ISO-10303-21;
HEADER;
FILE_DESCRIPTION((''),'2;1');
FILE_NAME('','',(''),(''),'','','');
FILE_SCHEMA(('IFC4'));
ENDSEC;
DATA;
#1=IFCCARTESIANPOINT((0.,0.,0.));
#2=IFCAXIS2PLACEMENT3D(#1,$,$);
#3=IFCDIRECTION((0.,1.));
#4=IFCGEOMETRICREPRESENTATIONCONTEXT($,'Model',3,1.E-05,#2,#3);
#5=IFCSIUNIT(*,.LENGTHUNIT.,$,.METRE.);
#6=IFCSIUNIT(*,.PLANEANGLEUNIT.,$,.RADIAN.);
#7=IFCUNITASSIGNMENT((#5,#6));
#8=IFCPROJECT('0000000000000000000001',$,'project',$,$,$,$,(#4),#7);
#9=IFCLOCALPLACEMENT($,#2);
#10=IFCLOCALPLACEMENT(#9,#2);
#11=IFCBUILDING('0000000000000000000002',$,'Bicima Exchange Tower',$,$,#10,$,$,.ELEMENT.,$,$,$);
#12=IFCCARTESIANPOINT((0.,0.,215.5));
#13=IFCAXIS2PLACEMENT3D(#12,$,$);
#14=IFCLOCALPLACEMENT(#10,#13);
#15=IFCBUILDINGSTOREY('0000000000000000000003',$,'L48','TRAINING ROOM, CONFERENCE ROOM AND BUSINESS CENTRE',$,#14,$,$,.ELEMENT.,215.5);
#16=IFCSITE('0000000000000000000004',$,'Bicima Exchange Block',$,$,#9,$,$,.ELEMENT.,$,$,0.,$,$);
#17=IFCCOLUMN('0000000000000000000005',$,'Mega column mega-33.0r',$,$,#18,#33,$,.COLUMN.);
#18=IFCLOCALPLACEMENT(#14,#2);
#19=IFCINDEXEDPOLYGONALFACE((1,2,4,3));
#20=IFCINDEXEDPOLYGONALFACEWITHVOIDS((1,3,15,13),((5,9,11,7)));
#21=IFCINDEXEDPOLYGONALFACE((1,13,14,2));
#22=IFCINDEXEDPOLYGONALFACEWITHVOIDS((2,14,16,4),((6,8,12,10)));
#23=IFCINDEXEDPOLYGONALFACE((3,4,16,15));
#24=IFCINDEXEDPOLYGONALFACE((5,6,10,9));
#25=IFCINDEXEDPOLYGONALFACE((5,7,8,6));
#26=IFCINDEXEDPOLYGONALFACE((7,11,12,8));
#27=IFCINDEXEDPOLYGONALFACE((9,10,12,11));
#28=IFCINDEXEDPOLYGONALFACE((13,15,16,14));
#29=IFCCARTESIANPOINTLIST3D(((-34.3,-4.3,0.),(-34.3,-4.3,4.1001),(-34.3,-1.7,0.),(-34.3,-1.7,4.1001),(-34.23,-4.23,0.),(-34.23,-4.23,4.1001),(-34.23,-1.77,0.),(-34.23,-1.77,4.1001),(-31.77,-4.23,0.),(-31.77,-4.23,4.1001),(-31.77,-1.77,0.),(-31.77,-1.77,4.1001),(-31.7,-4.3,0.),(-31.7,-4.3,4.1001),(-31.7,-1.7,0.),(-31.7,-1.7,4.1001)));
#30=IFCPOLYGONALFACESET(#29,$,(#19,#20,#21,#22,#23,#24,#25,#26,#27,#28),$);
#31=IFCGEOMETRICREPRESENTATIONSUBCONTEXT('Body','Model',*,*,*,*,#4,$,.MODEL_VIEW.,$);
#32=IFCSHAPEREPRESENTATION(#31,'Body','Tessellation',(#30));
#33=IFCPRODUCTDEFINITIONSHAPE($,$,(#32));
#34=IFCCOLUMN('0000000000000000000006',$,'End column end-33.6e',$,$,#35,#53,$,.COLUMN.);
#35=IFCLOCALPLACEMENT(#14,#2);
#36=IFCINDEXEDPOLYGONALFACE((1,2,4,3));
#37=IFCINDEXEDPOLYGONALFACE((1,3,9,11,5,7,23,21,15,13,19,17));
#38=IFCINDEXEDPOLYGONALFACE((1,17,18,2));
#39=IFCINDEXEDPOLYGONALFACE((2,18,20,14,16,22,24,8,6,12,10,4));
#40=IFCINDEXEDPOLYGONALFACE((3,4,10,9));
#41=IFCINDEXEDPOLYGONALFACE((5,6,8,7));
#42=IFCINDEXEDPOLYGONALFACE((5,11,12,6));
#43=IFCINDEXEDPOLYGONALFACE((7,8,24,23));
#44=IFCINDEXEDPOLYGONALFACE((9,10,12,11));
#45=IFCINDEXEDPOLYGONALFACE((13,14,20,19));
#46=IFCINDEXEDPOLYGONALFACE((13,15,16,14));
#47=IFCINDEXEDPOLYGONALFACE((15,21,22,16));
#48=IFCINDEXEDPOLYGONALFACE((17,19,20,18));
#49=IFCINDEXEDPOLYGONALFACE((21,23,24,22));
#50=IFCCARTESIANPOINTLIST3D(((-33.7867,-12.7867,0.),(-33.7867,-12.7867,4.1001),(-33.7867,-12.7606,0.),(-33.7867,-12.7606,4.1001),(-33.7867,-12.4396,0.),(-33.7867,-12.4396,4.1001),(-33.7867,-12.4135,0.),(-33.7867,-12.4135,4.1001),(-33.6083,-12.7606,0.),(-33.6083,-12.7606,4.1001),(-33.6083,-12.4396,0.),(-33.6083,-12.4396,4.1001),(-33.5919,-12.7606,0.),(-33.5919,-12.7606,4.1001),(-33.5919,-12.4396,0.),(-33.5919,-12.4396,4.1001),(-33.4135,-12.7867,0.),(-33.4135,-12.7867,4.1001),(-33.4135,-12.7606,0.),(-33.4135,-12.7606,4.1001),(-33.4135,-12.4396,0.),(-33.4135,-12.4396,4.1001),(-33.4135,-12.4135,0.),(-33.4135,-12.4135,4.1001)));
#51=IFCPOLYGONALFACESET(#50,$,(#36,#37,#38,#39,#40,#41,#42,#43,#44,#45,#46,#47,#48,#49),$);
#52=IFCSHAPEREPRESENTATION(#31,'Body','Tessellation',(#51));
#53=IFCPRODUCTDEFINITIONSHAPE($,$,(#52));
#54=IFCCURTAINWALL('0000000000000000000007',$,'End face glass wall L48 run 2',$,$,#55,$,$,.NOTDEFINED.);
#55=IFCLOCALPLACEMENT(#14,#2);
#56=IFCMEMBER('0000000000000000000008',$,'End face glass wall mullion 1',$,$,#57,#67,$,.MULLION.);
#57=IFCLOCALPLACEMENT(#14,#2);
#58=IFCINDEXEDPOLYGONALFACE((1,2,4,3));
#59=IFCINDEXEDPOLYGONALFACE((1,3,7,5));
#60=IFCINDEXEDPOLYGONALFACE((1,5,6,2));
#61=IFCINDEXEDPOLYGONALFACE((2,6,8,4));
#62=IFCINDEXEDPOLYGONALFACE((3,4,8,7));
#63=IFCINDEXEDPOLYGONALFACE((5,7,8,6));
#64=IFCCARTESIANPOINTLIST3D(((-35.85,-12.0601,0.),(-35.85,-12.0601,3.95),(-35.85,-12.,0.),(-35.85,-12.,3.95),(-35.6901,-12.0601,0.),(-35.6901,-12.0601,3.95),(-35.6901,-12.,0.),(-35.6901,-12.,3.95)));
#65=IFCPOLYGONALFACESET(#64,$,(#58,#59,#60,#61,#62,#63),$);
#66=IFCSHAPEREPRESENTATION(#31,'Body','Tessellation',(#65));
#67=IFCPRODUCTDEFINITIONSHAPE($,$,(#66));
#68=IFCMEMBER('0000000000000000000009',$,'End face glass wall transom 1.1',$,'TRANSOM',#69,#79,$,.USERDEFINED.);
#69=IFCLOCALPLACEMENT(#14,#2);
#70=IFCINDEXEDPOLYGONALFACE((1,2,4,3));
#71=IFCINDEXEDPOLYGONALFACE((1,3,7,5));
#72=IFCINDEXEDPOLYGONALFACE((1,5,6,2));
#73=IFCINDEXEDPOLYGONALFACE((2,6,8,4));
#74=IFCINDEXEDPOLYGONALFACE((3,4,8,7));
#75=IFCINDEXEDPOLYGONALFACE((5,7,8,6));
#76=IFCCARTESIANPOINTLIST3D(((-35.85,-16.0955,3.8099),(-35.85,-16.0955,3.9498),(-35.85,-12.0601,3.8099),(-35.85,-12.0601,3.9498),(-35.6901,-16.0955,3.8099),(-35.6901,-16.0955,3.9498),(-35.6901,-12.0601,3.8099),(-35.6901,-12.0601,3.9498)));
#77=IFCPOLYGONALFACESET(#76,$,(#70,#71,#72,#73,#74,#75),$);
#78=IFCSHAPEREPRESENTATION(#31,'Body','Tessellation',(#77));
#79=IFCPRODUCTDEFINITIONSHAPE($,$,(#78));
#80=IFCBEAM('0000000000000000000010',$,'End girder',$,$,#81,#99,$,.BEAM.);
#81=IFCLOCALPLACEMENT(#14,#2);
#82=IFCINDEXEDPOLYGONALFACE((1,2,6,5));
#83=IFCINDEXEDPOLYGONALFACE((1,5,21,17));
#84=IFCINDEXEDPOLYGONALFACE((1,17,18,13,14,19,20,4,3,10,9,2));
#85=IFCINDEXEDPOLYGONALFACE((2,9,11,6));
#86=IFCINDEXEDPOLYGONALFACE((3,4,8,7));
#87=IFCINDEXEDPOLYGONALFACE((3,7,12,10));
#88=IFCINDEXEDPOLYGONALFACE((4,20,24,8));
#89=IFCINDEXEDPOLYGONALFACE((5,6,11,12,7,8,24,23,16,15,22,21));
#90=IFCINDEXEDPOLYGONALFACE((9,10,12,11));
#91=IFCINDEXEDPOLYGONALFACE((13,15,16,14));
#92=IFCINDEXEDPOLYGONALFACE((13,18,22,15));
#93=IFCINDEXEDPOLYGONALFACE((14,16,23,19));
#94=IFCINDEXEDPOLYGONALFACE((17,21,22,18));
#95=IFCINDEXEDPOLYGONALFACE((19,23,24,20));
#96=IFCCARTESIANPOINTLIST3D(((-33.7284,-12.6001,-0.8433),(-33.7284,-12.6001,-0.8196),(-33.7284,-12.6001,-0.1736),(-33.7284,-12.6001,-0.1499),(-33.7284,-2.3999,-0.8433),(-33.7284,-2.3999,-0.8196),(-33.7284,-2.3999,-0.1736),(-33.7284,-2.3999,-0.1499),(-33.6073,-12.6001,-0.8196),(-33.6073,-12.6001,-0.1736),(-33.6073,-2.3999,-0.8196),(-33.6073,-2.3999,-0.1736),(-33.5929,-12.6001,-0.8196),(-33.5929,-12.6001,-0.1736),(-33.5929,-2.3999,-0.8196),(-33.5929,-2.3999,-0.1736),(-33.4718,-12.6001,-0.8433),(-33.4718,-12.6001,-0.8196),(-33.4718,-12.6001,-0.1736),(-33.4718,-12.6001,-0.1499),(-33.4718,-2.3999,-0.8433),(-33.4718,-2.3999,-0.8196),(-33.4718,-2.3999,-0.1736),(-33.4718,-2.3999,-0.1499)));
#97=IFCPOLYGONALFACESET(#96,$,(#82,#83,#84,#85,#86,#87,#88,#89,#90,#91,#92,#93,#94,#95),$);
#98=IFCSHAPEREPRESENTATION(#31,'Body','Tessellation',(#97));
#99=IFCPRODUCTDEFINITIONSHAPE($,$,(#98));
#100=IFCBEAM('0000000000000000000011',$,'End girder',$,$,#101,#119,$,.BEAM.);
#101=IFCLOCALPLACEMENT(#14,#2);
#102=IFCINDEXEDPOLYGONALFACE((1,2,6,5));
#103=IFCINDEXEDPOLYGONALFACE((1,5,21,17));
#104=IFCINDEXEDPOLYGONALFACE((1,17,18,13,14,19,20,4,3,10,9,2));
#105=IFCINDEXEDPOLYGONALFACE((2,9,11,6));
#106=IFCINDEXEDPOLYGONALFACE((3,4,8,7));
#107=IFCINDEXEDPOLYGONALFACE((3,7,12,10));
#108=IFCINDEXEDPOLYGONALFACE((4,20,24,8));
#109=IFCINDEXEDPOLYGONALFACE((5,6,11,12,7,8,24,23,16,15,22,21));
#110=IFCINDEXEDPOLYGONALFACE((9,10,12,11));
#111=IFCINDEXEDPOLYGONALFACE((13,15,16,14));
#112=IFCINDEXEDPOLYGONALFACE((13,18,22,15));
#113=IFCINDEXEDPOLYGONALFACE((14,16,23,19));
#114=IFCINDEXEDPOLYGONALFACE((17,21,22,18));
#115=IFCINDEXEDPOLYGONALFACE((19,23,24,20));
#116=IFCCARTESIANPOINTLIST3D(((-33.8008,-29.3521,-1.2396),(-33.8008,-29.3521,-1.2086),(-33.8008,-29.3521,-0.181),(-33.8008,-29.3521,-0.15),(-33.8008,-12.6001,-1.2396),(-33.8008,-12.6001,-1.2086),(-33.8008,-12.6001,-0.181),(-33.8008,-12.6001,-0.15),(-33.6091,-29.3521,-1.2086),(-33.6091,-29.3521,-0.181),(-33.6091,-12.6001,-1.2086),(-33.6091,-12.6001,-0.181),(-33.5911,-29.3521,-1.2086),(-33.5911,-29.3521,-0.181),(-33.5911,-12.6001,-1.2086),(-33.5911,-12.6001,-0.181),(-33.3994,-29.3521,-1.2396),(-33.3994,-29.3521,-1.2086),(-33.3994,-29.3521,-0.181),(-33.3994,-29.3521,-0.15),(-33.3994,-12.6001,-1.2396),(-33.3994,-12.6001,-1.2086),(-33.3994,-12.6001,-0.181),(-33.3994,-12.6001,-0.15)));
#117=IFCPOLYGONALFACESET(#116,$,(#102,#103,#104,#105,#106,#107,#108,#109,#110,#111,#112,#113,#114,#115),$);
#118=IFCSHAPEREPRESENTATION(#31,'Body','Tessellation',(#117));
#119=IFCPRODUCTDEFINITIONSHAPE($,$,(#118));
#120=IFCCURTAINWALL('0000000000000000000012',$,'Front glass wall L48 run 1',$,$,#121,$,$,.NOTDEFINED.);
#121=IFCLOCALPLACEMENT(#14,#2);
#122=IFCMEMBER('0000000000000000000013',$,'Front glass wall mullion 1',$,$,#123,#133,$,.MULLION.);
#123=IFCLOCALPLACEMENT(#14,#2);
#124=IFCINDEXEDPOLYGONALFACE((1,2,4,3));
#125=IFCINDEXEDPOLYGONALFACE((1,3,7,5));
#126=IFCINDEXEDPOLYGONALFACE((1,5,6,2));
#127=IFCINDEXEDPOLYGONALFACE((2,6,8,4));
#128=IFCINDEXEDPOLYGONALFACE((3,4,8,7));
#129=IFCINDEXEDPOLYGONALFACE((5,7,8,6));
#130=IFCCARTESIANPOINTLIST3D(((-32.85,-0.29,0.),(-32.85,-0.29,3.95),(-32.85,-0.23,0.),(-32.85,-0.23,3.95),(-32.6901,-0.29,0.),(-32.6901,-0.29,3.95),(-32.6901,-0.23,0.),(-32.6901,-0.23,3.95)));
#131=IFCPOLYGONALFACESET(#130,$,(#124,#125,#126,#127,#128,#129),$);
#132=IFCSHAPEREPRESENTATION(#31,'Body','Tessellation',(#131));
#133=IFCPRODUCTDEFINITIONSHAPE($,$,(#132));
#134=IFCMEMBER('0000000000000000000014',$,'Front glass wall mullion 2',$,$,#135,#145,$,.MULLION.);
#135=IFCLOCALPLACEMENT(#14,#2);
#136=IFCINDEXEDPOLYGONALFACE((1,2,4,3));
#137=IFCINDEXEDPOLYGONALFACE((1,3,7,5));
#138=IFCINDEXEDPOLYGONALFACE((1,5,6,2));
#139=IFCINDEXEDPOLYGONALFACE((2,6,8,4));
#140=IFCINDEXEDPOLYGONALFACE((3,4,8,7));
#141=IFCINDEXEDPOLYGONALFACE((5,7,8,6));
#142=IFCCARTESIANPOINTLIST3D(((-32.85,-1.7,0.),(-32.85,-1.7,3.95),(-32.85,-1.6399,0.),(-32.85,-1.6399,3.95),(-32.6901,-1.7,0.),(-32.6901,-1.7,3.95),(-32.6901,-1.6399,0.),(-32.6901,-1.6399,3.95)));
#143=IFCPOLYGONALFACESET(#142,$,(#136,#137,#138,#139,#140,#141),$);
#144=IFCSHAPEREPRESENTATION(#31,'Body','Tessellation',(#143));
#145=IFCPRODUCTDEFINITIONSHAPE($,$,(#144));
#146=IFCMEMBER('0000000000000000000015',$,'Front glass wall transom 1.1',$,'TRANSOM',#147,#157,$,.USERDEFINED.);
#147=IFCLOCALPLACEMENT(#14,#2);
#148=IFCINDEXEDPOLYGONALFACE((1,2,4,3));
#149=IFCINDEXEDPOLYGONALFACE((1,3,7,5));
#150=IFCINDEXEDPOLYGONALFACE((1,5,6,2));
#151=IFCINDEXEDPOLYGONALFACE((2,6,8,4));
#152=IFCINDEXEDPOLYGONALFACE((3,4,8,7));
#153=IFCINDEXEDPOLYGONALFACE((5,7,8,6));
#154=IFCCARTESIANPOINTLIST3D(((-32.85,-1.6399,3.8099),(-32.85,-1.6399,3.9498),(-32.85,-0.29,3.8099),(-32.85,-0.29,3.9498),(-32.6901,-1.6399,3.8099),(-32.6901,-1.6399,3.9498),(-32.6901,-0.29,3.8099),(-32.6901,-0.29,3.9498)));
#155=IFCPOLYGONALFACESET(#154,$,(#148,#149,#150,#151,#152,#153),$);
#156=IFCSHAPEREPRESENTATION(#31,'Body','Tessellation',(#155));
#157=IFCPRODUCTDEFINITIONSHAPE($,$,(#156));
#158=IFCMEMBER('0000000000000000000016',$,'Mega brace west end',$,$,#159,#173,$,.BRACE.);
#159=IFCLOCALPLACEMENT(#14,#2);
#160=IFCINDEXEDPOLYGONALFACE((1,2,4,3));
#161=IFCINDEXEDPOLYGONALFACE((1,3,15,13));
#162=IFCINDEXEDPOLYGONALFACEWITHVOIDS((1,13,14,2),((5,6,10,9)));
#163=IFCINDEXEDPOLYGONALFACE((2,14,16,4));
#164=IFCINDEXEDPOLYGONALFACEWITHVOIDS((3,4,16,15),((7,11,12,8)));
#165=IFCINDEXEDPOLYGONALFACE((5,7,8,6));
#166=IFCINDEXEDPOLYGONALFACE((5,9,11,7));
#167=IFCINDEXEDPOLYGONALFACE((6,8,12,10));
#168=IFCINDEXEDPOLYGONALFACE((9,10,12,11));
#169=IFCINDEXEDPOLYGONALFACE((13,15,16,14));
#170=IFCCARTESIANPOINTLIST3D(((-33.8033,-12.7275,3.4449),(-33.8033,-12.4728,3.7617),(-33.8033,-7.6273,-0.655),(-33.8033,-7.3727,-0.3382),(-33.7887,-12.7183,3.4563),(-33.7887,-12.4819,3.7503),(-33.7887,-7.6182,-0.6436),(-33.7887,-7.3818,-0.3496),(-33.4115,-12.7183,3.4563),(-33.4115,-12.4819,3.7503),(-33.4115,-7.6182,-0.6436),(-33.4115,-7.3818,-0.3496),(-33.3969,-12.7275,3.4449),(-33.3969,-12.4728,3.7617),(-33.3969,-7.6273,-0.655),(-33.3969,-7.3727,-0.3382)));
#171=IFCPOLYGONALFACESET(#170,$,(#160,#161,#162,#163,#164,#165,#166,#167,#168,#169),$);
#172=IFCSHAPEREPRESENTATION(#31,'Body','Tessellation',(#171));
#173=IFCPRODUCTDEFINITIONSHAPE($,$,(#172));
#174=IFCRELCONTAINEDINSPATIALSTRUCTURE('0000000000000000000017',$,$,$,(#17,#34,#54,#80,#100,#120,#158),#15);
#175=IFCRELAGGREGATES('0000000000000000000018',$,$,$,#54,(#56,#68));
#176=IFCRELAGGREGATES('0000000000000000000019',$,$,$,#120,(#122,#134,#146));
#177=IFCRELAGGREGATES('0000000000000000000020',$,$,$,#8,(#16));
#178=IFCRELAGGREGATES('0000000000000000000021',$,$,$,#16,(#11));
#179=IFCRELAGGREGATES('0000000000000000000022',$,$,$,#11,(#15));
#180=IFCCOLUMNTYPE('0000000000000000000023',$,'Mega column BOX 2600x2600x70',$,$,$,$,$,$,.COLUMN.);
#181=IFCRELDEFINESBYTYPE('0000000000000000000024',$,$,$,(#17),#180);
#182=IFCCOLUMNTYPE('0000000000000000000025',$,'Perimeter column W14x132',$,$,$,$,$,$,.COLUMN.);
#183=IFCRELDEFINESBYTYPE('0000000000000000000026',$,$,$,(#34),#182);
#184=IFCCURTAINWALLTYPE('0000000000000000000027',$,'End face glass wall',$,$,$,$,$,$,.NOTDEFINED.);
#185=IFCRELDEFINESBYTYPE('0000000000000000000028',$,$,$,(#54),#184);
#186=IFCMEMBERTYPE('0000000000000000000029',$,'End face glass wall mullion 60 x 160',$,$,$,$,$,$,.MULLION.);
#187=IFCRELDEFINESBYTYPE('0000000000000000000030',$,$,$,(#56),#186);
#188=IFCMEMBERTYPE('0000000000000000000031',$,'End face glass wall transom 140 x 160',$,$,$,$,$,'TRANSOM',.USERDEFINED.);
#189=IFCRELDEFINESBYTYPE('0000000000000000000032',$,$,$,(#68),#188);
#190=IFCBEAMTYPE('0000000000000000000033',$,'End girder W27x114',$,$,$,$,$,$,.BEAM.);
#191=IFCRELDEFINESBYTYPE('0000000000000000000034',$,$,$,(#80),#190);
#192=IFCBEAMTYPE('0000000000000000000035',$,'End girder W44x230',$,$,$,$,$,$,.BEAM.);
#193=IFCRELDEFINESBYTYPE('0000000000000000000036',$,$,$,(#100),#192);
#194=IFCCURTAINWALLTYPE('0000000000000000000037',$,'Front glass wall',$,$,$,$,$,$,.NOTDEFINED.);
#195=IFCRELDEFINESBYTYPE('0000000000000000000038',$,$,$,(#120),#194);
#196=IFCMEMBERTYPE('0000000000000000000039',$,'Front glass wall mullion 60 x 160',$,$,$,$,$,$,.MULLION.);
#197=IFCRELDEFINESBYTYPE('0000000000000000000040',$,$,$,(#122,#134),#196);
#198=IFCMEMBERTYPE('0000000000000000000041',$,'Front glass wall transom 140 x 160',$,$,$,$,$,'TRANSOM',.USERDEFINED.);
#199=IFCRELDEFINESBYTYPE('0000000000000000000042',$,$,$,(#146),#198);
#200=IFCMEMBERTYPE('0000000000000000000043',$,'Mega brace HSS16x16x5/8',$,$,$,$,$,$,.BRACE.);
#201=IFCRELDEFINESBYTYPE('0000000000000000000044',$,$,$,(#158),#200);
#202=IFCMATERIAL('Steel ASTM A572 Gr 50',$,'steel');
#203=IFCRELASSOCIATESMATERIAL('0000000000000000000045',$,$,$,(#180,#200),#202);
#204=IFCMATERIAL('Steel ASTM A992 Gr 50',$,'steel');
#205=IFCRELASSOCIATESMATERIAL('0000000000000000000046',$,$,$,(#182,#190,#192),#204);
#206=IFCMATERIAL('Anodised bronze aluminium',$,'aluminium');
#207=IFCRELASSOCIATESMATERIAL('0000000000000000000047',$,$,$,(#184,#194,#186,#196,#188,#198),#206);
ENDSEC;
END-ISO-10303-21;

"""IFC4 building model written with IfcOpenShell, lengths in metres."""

from ifc_helpers import new_model, si_unit, direction, frame, origin, origin_2d, place, context, subcontext, project, spatial, rectangle, hollow_rectangle, i_section, extrude, material, material_profile, profile_set, type_object, element, aggregate, save


model = new_model("IFC4")

# Units and contexts
model_context = context("Model", 3, precision=1e-05, world=origin(), true_north=direction((0.0, 1.0)))
body_context = subcontext(model_context, "Body", "Model", "MODEL_VIEW")
ifc_project = project(units=[si_unit("LENGTHUNIT", "METRE"), si_unit("PLANEANGLEUNIT", "RADIAN")], contexts=[model_context])

# Site, building, storey
site_placement = place(None, origin())
site = spatial("IfcSite", under=ifc_project, at=site_placement, Name="Bicima Exchange Block", CompositionType="ELEMENT", RefElevation=0.0)
building_placement = place(site_placement, origin())
building = spatial("IfcBuilding", under=site, at=building_placement, Name="Bicima Exchange Tower", CompositionType="ELEMENT")
storey_placement = place(building_placement, frame((0.0, 0.0, 215.5)))
storey = spatial("IfcBuildingStorey", under=building, at=storey_placement, Name="L48", Description="TRAINING ROOM, CONFERENCE ROOM AND BUSINESS CENTRE", CompositionType="ELEMENT", Elevation=215.5)

# Columns
ifc_material_1 = material(Name="Steel ASTM A572 Gr 50", Category="steel")
ifc_material_profile_1 = material_profile(ifc_material_1, hollow_rectangle(XDim=2.6001, YDim=2.6001, WallThickness=0.0701, at=origin_2d()))
ifc_profile_set_1 = profile_set([ifc_material_profile_1], Name="Steel ASTM A572 Gr 50")
column_type_1 = type_object("IfcColumnType", Name="Mega column BOX 2600x2600x70", PredefinedType="COLUMN", material=ifc_profile_set_1)
column_1_placement = place(storey_placement, frame((-33.0, -3.0, 0.0), z_axis=(0.0, 0.0, 1.0), x_axis=(1.0, 0.0, 0.0)))
element("IfcColumn", 1, at=column_1_placement, inside=storey, type_object=column_type_1, Name="Mega column mega-33.0r", PredefinedType="COLUMN", context=body_context, shape_type="SweptSolid", body=[
    extrude(hollow_rectangle(XDim=2.6001, YDim=2.6001, WallThickness=0.0701, at=origin_2d()), origin(), (0.0, 0.0, 1.0), 4.1001),
])
ifc_material_2 = material(Name="Steel ASTM A992 Gr 50", Category="steel")
ifc_material_profile_2 = material_profile(ifc_material_2, i_section(OverallWidth=0.3733, OverallDepth=0.3733, WebThickness=0.0164, FlangeThickness=0.0261, at=origin_2d()))
ifc_profile_set_2 = profile_set([ifc_material_profile_2], Name="Steel ASTM A992 Gr 50")
column_type_2 = type_object("IfcColumnType", Name="Perimeter column W14x132", PredefinedType="COLUMN", material=ifc_profile_set_2)
column_2_placement = place(storey_placement, frame((-33.6001, -12.6001, 0.0), z_axis=(0.0, 0.0, 1.0), x_axis=(1.0, 0.0, 0.0)))
element("IfcColumn", 2, at=column_2_placement, inside=storey, type_object=column_type_2, Name="End column end-33.6e", PredefinedType="COLUMN", context=body_context, shape_type="SweptSolid", body=[
    extrude(i_section(OverallWidth=0.3733, OverallDepth=0.3733, WebThickness=0.0164, FlangeThickness=0.0261, at=origin_2d()), origin(), (0.0, 0.0, 1.0), 4.1001),
])

# Curtain wall, members
ifc_material_3 = material(Name="Anodised bronze aluminium", Category="aluminium")
curtain_wall_type_1 = type_object("IfcCurtainWallType", Name="End face glass wall", PredefinedType="NOTDEFINED", material=ifc_material_3)
curtain_wall_1_placement = place(storey_placement, origin())
curtain_wall_1 = element("IfcCurtainWall", 3, at=curtain_wall_1_placement, inside=storey, type_object=curtain_wall_type_1, Name="End face glass wall L48 run 2", PredefinedType="NOTDEFINED")
ifc_material_profile_3 = material_profile(ifc_material_3, rectangle(XDim=0.1599, YDim=0.0601, at=origin_2d()))
ifc_profile_set_3 = profile_set([ifc_material_profile_3], Name="Anodised bronze aluminium")
member_type_1 = type_object("IfcMemberType", Name="End face glass wall mullion 60 x 160", PredefinedType="MULLION", material=ifc_profile_set_3)
member_1_placement = place(storey_placement, frame((-35.77, -12.03, 0.0), z_axis=(0.0, 0.0, 1.0), x_axis=(1.0, 0.0, 0.0)))
member_1 = element("IfcMember", 4, at=member_1_placement, type_object=member_type_1, Name="End face glass wall mullion 1", PredefinedType="MULLION", context=body_context, shape_type="SweptSolid", body=[
    extrude(rectangle(XDim=0.1599, YDim=0.0601, at=origin_2d()), origin(), (0.0, 0.0, 1.0), 3.95),
])
ifc_material_profile_4 = material_profile(ifc_material_3, rectangle(XDim=0.1599, YDim=0.1399, at=origin_2d()))
ifc_profile_set_4 = profile_set([ifc_material_profile_4], Name="Anodised bronze aluminium")
member_type_2 = type_object("IfcMemberType", Name="End face glass wall transom 140 x 160", ElementType="TRANSOM", PredefinedType="USERDEFINED", material=ifc_profile_set_4)
member_2_placement = place(storey_placement, frame((-35.77, -12.0601, 3.8799), z_axis=(0.0, -1.0, 0.0), x_axis=(1.0, 0.0, 0.0)))
member_2 = element("IfcMember", 5, at=member_2_placement, type_object=member_type_2, Name="End face glass wall transom 1.1", ObjectType="TRANSOM", PredefinedType="USERDEFINED", context=body_context, shape_type="SweptSolid", body=[
    extrude(rectangle(XDim=0.1599, YDim=0.1399, at=origin_2d()), origin(), (0.0, 0.0, 1.0), 4.0354),
])
aggregate(curtain_wall_1, [member_1, member_2])

# Beams
ifc_material_profile_5 = material_profile(ifc_material_2, i_section(OverallWidth=0.2566, OverallDepth=0.6934, WebThickness=0.0144, FlangeThickness=0.0237, at=origin_2d()))
ifc_profile_set_5 = profile_set([ifc_material_profile_5], Name="Steel ASTM A992 Gr 50")
beam_type_1 = type_object("IfcBeamType", Name="End girder W27x114", PredefinedType="BEAM", material=ifc_profile_set_5)
beam_1_placement = place(storey_placement, frame((-33.6001, -2.3999, -0.4966), z_axis=(0.0, -1.0, 0.0), x_axis=(1.0, 0.0, 0.0)))
element("IfcBeam", 6, at=beam_1_placement, inside=storey, type_object=beam_type_1, Name="End girder", PredefinedType="BEAM", context=body_context, shape_type="SweptSolid", body=[
    extrude(i_section(OverallWidth=0.2566, OverallDepth=0.6934, WebThickness=0.0144, FlangeThickness=0.0237, at=origin_2d()), origin(), (0.0, 0.0, 1.0), 10.2002),
])
ifc_material_profile_6 = material_profile(ifc_material_2, i_section(OverallWidth=0.4014, OverallDepth=1.0896, WebThickness=0.0181, FlangeThickness=0.031, at=origin_2d()))
ifc_profile_set_6 = profile_set([ifc_material_profile_6], Name="Steel ASTM A992 Gr 50")
beam_type_2 = type_object("IfcBeamType", Name="End girder W44x230", PredefinedType="BEAM", material=ifc_profile_set_6)
beam_2_placement = place(storey_placement, frame((-33.6001, -12.6001, -0.6948), z_axis=(0.0, -1.0, 0.0), x_axis=(1.0, 0.0, 0.0)))
element("IfcBeam", 7, at=beam_2_placement, inside=storey, type_object=beam_type_2, Name="End girder", PredefinedType="BEAM", context=body_context, shape_type="SweptSolid", body=[
    extrude(i_section(OverallWidth=0.4014, OverallDepth=1.0896, WebThickness=0.0181, FlangeThickness=0.031, at=origin_2d()), origin(), (0.0, 0.0, 1.0), 16.752),
])

# Curtain wall, members
curtain_wall_type_2 = type_object("IfcCurtainWallType", Name="Front glass wall", PredefinedType="NOTDEFINED", material=ifc_material_3)
curtain_wall_2_placement = place(storey_placement, origin())
curtain_wall_2 = element("IfcCurtainWall", 8, at=curtain_wall_2_placement, inside=storey, type_object=curtain_wall_type_2, Name="Front glass wall L48 run 1", PredefinedType="NOTDEFINED")
member_type_3 = type_object("IfcMemberType", Name="Front glass wall mullion 60 x 160", PredefinedType="MULLION", material=ifc_profile_set_3)
member_3_placement = place(storey_placement, frame((-32.77, -0.26, 0.0), z_axis=(0.0, 0.0, 1.0), x_axis=(1.0, 0.0, 0.0)))
member_3 = element("IfcMember", 9, at=member_3_placement, type_object=member_type_3, Name="Front glass wall mullion 1", PredefinedType="MULLION", context=body_context, shape_type="SweptSolid", body=[
    extrude(rectangle(XDim=0.1599, YDim=0.0601, at=origin_2d()), origin(), (0.0, 0.0, 1.0), 3.95),
])
member_4_placement = place(storey_placement, frame((-32.77, -1.6699, 0.0), z_axis=(0.0, 0.0, 1.0), x_axis=(1.0, 0.0, 0.0)))
member_4 = element("IfcMember", 10, at=member_4_placement, type_object=member_type_3, Name="Front glass wall mullion 2", PredefinedType="MULLION", context=body_context, shape_type="SweptSolid", body=[
    extrude(rectangle(XDim=0.1599, YDim=0.0601, at=origin_2d()), origin(), (0.0, 0.0, 1.0), 3.95),
])
member_type_4 = type_object("IfcMemberType", Name="Front glass wall transom 140 x 160", ElementType="TRANSOM", PredefinedType="USERDEFINED", material=ifc_profile_set_4)
member_5_placement = place(storey_placement, frame((-32.77, -0.29, 3.8799), z_axis=(0.0, -1.0, 0.0), x_axis=(1.0, 0.0, 0.0)))
member_5 = element("IfcMember", 11, at=member_5_placement, type_object=member_type_4, Name="Front glass wall transom 1.1", ObjectType="TRANSOM", PredefinedType="USERDEFINED", context=body_context, shape_type="SweptSolid", body=[
    extrude(rectangle(XDim=0.1599, YDim=0.1399, at=origin_2d()), origin(), (0.0, 0.0, 1.0), 1.3499),
])

# Member
ifc_material_profile_7 = material_profile(ifc_material_1, hollow_rectangle(XDim=0.4065, YDim=0.4065, WallThickness=0.0146, at=origin_2d()))
ifc_profile_set_7 = profile_set([ifc_material_profile_7], Name="Steel ASTM A572 Gr 50")
member_type_5 = type_object("IfcMemberType", Name="Mega brace HSS16x16x5/8", PredefinedType="BRACE", material=ifc_profile_set_7)
for number, where, z_axis, x_axis, name in (
    (12, (-33.6001, -7.5, -0.4966), (0.0, -0.779392, 0.626536), (1.0, 0.0, 0.0), "Mega brace west end"),
):
    element("IfcMember", number, at=place(storey_placement, frame(where, z_axis=z_axis, x_axis=x_axis)), inside=storey, type_object=member_type_5, Name=name, PredefinedType="BRACE", context=body_context, shape_type="SweptSolid", body=[
        extrude(hollow_rectangle(XDim=0.4065, YDim=0.4065, WallThickness=0.0146, at=origin_2d()), origin(), (0.0, 0.0, 1.0), 6.5437),
    ])

aggregate(curtain_wall_2, [member_3, member_4, member_5])

save(model, "model.ifc")
